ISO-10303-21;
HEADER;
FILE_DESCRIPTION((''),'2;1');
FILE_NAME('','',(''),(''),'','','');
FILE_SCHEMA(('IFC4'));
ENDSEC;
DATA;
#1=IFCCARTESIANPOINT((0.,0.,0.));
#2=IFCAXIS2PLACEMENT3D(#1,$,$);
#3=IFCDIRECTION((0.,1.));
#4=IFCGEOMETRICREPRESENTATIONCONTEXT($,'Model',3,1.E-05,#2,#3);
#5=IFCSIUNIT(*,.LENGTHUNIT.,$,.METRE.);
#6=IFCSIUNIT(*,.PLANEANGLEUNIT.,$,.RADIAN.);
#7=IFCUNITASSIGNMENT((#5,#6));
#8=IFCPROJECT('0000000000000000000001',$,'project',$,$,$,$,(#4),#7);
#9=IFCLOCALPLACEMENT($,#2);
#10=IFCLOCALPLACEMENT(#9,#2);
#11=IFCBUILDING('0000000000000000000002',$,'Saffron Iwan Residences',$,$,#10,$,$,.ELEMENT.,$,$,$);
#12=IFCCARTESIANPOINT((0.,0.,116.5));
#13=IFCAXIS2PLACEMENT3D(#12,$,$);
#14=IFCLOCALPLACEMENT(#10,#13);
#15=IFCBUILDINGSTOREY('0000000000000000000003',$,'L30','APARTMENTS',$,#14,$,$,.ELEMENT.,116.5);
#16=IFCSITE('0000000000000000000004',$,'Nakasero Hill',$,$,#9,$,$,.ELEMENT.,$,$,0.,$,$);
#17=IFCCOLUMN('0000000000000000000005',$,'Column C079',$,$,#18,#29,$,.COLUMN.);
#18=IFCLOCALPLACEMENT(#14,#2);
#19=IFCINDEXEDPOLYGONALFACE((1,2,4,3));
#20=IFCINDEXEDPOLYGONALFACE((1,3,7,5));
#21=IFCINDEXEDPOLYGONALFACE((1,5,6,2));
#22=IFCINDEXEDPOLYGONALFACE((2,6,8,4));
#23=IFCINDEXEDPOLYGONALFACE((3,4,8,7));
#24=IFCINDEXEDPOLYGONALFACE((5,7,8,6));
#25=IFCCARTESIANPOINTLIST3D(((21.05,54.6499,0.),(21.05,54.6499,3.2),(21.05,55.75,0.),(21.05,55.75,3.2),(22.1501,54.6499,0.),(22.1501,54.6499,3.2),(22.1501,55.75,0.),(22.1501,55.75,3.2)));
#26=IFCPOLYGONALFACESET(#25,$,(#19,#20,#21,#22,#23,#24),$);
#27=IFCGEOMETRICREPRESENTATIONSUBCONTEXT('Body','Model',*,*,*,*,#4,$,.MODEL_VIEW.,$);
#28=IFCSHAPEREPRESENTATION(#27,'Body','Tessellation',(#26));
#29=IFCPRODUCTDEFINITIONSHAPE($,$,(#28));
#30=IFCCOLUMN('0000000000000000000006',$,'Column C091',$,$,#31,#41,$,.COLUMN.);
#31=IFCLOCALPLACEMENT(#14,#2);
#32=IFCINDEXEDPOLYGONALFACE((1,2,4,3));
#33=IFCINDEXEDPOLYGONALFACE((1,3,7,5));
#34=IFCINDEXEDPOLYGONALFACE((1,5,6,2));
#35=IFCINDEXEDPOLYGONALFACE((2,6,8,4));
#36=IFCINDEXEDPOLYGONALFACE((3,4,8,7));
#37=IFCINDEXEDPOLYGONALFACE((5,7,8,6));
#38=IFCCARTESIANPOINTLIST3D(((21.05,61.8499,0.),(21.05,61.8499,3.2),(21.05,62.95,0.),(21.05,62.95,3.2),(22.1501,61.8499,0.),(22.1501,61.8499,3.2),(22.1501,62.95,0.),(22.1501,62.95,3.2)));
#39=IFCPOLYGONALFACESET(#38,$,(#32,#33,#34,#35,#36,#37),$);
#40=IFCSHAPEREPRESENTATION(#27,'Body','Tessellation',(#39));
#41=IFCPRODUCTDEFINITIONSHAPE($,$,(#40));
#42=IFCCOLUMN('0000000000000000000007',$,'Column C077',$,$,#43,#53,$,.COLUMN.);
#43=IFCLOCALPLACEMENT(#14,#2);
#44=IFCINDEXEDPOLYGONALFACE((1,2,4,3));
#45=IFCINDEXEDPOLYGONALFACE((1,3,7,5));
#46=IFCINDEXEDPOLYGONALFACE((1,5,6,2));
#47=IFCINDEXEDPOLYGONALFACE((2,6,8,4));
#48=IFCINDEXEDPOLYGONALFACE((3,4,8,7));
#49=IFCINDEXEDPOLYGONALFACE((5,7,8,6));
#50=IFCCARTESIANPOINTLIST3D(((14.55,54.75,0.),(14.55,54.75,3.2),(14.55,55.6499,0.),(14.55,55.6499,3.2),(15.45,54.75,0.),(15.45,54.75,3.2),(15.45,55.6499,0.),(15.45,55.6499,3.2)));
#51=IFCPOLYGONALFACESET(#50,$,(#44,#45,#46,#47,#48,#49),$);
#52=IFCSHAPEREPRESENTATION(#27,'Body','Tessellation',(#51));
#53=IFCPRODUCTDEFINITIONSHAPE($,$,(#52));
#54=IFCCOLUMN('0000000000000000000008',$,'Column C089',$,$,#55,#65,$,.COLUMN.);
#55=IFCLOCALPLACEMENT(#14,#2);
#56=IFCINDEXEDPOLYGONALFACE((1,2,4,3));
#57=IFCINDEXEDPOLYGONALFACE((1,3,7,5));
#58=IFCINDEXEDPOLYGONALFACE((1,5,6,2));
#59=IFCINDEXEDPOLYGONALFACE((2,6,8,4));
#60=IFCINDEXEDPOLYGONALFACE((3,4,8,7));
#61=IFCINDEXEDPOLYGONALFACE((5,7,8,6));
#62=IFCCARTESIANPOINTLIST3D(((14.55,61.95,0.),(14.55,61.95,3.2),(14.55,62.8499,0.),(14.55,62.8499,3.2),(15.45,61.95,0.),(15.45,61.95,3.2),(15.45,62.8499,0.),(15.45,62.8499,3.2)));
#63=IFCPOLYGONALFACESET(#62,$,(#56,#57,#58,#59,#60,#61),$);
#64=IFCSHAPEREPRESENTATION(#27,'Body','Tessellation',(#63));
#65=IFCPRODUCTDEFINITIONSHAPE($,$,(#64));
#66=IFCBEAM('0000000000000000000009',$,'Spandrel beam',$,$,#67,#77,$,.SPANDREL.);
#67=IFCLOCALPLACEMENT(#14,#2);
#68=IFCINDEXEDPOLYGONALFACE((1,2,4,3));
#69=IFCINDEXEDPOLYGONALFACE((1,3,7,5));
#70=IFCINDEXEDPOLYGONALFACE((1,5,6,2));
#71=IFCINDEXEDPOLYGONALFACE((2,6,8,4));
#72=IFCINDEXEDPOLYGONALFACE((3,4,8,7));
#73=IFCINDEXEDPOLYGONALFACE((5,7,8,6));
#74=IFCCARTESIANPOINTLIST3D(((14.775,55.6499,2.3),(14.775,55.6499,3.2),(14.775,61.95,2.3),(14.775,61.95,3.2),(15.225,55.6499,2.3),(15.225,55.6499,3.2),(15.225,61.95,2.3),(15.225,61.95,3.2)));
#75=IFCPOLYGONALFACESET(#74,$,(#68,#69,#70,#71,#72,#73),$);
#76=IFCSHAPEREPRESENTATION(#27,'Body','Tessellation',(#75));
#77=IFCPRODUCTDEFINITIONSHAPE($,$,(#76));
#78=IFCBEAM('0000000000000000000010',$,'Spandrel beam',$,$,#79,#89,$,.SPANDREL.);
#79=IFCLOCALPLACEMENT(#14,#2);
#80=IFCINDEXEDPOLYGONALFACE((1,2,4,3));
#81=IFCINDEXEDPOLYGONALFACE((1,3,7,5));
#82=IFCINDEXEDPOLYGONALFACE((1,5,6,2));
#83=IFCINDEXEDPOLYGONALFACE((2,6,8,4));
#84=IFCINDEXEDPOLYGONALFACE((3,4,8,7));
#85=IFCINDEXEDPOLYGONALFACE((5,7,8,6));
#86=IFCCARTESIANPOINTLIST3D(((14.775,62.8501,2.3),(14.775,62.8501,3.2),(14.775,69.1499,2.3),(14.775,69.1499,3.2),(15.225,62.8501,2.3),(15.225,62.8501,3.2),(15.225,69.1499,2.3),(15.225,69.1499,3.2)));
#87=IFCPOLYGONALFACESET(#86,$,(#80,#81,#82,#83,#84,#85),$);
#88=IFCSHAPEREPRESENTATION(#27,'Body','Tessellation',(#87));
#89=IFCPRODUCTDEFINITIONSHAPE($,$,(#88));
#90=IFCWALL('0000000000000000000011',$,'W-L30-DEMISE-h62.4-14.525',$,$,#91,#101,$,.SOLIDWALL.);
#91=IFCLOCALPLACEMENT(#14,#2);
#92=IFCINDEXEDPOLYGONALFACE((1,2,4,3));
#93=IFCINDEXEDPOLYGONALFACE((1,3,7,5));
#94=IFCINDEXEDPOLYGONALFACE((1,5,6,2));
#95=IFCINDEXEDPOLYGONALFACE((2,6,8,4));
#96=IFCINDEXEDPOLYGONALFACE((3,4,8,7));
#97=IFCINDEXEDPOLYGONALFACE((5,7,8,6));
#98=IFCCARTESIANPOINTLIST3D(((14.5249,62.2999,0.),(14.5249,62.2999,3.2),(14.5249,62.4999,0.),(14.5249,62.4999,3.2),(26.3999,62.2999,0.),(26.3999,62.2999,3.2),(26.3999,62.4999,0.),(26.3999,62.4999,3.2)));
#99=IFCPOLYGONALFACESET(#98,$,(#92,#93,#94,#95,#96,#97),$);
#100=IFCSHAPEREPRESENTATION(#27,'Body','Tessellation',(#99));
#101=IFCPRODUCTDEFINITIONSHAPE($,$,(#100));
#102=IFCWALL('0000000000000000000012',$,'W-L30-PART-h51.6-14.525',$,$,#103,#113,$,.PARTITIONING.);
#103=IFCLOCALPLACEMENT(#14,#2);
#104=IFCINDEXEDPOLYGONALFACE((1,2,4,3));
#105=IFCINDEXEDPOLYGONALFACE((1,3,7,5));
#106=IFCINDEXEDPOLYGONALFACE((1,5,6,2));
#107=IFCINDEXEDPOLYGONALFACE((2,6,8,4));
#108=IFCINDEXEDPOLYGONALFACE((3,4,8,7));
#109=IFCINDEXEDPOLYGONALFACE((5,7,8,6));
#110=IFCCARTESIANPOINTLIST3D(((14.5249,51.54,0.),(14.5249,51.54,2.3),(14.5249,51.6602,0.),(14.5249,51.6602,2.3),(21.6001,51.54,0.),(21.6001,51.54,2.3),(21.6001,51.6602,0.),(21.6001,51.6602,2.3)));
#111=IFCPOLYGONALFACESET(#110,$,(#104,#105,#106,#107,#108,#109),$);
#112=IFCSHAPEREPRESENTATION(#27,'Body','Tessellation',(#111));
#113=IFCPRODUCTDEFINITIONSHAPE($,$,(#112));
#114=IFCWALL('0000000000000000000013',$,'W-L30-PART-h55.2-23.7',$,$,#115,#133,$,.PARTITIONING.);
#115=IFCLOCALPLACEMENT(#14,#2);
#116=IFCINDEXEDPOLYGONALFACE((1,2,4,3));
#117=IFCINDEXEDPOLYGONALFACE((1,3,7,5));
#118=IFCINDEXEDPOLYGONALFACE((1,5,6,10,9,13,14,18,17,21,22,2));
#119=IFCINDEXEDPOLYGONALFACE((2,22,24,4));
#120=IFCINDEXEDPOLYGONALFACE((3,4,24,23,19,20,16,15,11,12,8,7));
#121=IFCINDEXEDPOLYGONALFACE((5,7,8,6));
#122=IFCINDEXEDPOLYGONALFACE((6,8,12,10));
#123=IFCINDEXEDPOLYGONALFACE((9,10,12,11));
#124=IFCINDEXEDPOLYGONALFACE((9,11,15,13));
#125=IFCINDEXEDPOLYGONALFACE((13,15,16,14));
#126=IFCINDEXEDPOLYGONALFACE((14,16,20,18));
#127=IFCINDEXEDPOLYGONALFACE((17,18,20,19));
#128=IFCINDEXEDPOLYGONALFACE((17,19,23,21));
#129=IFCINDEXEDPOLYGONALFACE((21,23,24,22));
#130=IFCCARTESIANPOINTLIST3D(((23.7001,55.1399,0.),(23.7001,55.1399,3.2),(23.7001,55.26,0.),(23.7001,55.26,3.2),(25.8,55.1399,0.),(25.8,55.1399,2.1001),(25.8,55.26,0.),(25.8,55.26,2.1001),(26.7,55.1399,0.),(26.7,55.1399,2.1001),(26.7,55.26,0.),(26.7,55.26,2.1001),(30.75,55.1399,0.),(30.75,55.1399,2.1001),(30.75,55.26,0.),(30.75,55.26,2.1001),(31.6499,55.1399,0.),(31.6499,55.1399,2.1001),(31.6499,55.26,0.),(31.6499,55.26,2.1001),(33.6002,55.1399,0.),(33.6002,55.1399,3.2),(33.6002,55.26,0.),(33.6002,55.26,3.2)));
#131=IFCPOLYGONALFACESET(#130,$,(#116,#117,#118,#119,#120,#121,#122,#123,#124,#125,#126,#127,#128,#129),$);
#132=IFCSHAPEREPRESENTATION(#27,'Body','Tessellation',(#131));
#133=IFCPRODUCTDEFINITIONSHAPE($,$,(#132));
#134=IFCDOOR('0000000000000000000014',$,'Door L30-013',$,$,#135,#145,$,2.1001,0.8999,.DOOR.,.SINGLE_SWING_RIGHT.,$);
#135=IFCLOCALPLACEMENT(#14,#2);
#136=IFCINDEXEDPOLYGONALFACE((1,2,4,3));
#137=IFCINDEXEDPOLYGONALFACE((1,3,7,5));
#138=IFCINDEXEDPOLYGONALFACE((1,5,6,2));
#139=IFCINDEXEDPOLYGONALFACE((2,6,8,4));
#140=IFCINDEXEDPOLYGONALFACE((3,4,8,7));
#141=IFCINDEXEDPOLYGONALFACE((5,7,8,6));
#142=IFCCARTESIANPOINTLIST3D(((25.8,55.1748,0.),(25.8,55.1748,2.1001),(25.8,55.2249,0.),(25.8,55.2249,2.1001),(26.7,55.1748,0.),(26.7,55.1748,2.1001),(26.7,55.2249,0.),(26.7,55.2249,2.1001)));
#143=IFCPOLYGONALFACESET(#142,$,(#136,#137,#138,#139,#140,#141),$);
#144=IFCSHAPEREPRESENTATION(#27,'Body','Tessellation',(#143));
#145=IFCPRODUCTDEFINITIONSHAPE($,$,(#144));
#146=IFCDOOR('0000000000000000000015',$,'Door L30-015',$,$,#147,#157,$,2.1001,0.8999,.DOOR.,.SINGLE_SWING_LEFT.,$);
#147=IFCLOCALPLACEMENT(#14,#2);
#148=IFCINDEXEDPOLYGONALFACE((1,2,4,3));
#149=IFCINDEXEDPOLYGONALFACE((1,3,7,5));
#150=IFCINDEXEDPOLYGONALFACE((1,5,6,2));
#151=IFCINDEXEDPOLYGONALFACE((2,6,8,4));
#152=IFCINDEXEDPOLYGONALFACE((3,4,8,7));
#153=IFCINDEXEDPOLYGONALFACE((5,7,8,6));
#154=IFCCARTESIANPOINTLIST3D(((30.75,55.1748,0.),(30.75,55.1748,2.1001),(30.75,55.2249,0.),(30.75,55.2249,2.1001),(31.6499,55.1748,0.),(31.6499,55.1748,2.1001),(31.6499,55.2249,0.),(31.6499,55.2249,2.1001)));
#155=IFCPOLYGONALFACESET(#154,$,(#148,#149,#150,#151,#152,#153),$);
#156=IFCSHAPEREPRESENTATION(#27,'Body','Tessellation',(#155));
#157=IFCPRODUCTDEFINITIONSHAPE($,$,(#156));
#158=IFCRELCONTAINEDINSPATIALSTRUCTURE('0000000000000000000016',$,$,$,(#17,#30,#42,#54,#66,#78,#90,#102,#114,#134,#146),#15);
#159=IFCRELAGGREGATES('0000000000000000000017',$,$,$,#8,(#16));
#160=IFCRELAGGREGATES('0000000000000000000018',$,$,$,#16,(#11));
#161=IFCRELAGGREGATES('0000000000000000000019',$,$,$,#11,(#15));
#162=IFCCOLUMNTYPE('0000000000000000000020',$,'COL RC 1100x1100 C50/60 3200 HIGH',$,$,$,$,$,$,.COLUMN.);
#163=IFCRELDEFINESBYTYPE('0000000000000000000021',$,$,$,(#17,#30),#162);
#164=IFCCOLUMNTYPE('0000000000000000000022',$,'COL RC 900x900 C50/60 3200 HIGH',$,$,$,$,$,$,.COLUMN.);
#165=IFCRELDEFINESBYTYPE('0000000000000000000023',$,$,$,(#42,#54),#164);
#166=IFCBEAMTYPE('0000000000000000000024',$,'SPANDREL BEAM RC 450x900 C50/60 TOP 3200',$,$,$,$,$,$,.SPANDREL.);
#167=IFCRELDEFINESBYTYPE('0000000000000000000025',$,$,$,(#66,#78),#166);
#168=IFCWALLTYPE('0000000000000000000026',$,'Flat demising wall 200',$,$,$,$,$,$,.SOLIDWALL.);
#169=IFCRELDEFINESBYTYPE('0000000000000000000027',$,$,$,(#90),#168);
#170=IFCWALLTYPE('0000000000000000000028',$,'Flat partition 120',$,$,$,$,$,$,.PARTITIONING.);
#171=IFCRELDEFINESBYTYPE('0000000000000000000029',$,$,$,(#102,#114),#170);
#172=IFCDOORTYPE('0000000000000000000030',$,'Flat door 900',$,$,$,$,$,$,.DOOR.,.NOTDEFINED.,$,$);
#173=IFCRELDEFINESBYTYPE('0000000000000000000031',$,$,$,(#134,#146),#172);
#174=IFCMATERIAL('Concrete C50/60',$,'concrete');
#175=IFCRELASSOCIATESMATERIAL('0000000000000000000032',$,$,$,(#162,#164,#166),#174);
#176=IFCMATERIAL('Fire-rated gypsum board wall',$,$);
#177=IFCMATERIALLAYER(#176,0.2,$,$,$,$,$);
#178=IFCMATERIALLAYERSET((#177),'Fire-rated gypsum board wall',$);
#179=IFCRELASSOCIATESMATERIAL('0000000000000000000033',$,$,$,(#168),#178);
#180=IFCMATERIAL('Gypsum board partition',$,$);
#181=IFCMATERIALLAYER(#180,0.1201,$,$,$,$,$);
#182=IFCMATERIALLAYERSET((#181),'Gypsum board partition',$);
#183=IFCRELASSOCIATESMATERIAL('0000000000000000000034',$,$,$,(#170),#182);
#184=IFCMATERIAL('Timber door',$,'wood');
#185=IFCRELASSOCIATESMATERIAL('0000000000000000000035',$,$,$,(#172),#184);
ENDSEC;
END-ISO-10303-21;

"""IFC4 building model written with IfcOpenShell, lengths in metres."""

from ifc_helpers import new_model, si_unit, direction, frame, frame_2d, origin, origin_2d, place, context, subcontext, project, spatial, rectangle, extrude, source, transform, mapped, material, layer, layer_set, material_profile, profile_set, type_object, element, fill, save


model = new_model("IFC4")

# Units and contexts
model_context = context("Model", 3, precision=1e-05, world=origin(), true_north=direction((0.0, 1.0)))
body_context = subcontext(model_context, "Body", "Model", "MODEL_VIEW")
ifc_project = project(units=[si_unit("LENGTHUNIT", "METRE"), si_unit("PLANEANGLEUNIT", "RADIAN")], contexts=[model_context])

# Site, building, storey
site_placement = place(None, origin())
site = spatial("IfcSite", under=ifc_project, at=site_placement, Name="Nakasero Hill", CompositionType="ELEMENT", RefElevation=0.0)
building_placement = place(site_placement, origin())
building = spatial("IfcBuilding", under=site, at=building_placement, Name="Saffron Iwan Residences", CompositionType="ELEMENT")
storey_placement = place(building_placement, frame((0.0, 0.0, 116.5)))
storey = spatial("IfcBuildingStorey", under=building, at=storey_placement, Name="L30", Description="APARTMENTS", CompositionType="ELEMENT", Elevation=116.5)

# Columns
ifc_material_1 = material(Name="Concrete C50/60", Category="concrete")
ifc_material_profile_1 = material_profile(ifc_material_1, rectangle(XDim=1.1001, YDim=1.1001, at=origin_2d()), Name="RC 1100x1100")
ifc_profile_set_1 = profile_set([ifc_material_profile_1], Name="Concrete C50/60")
column_type_1 = type_object("IfcColumnType", Name="COL RC 1100x1100 C50/60 3200 HIGH", PredefinedType="COLUMN", material=ifc_profile_set_1)
shared_shape_1 = source(origin(), body_context, "Body", "SweptSolid", [
    extrude(rectangle(XDim=1.1001, YDim=1.1001, at=origin_2d()), origin(), (0.0, 0.0, 1.0), 3.2),
])
for number, where, z_axis, x_axis, name in (
    (1, (21.6001, 55.2, 0.0), (0.0, 0.0, 1.0), (1.0, 0.0, 0.0), "Column C079"),
    (2, (21.6001, 62.3999, 0.0), (0.0, 0.0, 1.0), (1.0, 0.0, 0.0), "Column C091"),
):
    element("IfcColumn", number, at=place(storey_placement, frame(where, z_axis=z_axis, x_axis=x_axis)), inside=storey, type_object=column_type_1, Name=name, PredefinedType="COLUMN", context=body_context, shape_type="MappedRepresentation", body=[
        mapped(shared_shape_1, transform((0.0, 0.0, 0.0))),
    ])
ifc_material_profile_2 = material_profile(ifc_material_1, rectangle(XDim=0.8999, YDim=0.8999, at=origin_2d()), Name="RC 900x900")
ifc_profile_set_2 = profile_set([ifc_material_profile_2], Name="Concrete C50/60")
column_type_2 = type_object("IfcColumnType", Name="COL RC 900x900 C50/60 3200 HIGH", PredefinedType="COLUMN", material=ifc_profile_set_2)
shared_shape_2 = source(origin(), body_context, "Body", "SweptSolid", [
    extrude(rectangle(XDim=0.8999, YDim=0.8999, at=origin_2d()), origin(), (0.0, 0.0, 1.0), 3.2),
])
for number, where, z_axis, x_axis, name in (
    (3, (15.0, 55.2, 0.0), (0.0, 0.0, 1.0), (1.0, 0.0, 0.0), "Column C077"),
    (4, (15.0, 62.3999, 0.0), (0.0, 0.0, 1.0), (1.0, 0.0, 0.0), "Column C089"),
):
    element("IfcColumn", number, at=place(storey_placement, frame(where, z_axis=z_axis, x_axis=x_axis)), inside=storey, type_object=column_type_2, Name=name, PredefinedType="COLUMN", context=body_context, shape_type="MappedRepresentation", body=[
        mapped(shared_shape_2, transform((0.0, 0.0, 0.0))),
    ])

# Beams
ifc_material_profile_3 = material_profile(ifc_material_1, rectangle(XDim=0.45, YDim=0.8999, at=origin_2d()), Name="RC 450x900")
ifc_profile_set_3 = profile_set([ifc_material_profile_3], Name="Concrete C50/60")
beam_type = type_object("IfcBeamType", Name="SPANDREL BEAM RC 450x900 C50/60 TOP 3200", PredefinedType="SPANDREL", material=ifc_profile_set_3)
shared_shape_3 = source(origin(), body_context, "Body", "SweptSolid", [
    extrude(rectangle(XDim=0.45, YDim=0.8999, at=origin_2d()), origin(), (0.0, 0.0, 1.0), 6.3),
])
beam_1_placement = place(storey_placement, frame((15.0, 55.6499, 2.75), z_axis=(0.0, 1.0, 0.0), x_axis=(-1.0, 0.0, 0.0)))
element("IfcBeam", 5, at=beam_1_placement, inside=storey, type_object=beam_type, Name="Spandrel beam", PredefinedType="SPANDREL", context=body_context, shape_type="MappedRepresentation", body=[
    mapped(shared_shape_3, transform((0.0, 0.0, 0.0))),
])
shared_shape_4 = source(origin(), body_context, "Body", "SweptSolid", [
    extrude(rectangle(XDim=0.45, YDim=0.8999, at=origin_2d()), origin(), (0.0, 0.0, 1.0), 6.2998),
])
beam_2_placement = place(storey_placement, frame((15.0, 62.8501, 2.75), z_axis=(0.0, 1.0, 0.0), x_axis=(-1.0, 0.0, 0.0)))
element("IfcBeam", 6, at=beam_2_placement, inside=storey, type_object=beam_type, Name="Spandrel beam", PredefinedType="SPANDREL", context=body_context, shape_type="MappedRepresentation", body=[
    mapped(shared_shape_4, transform((0.0, 0.0, 0.0))),
])

# Walls
ifc_material_2 = material(Name="Fire-rated gypsum board wall")
ifc_layer_1 = layer(ifc_material_2, 0.2)
ifc_layer_set_1 = layer_set([ifc_layer_1], Name="Fire-rated gypsum board wall")
wall_type_1 = type_object("IfcWallType", Name="Flat demising wall 200", PredefinedType="SOLIDWALL", material=ifc_layer_set_1)
wall_1_placement = place(storey_placement, frame((14.5249, 62.3999, 0.0), z_axis=(0.0, 0.0, 1.0), x_axis=(1.0, 0.0, 0.0)))
element("IfcWall", 7, at=wall_1_placement, inside=storey, type_object=wall_type_1, Name="W-L30-DEMISE-h62.4-14.525", PredefinedType="SOLIDWALL", context=body_context, shape_type="SweptSolid", body=[
    extrude(rectangle(XDim=11.875, YDim=0.2, at=frame_2d((5.9375, 0.0))), origin(), (0.0, 0.0, 1.0), 3.2),
])
ifc_material_3 = material(Name="Gypsum board partition")
ifc_layer_2 = layer(ifc_material_3, 0.1201)
ifc_layer_set_2 = layer_set([ifc_layer_2], Name="Gypsum board partition")
wall_type_2 = type_object("IfcWallType", Name="Flat partition 120", PredefinedType="PARTITIONING", material=ifc_layer_set_2)
wall_2_placement = place(storey_placement, frame((14.5249, 51.6001, 0.0), z_axis=(0.0, 0.0, 1.0), x_axis=(1.0, 0.0, 0.0)))
element("IfcWall", 8, at=wall_2_placement, inside=storey, type_object=wall_type_2, Name="W-L30-PART-h51.6-14.525", PredefinedType="PARTITIONING", context=body_context, shape_type="SweptSolid", body=[
    extrude(rectangle(XDim=7.0752, YDim=0.1201, at=frame_2d((3.5376, 0.0))), origin(), (0.0, 0.0, 1.0), 2.3),
])

# Wall, openings, doors
wall_3_placement = place(storey_placement, frame((23.7, 55.2, 0.0), z_axis=(0.0, 0.0, 1.0), x_axis=(1.0, 0.0, 0.0)))
wall_3 = element("IfcWall", 9, at=wall_3_placement, inside=storey, type_object=wall_type_2, Name="W-L30-PART-h55.2-23.7", PredefinedType="PARTITIONING", context=body_context, shape_type="SweptSolid", body=[
    extrude(rectangle(XDim=9.9001, YDim=0.1201, at=frame_2d((4.9502, 0.0))), origin(), (0.0, 0.0, 1.0), 3.2),
])
opening_1_placement = place(wall_3_placement, frame((2.1001, 0.0, 0.0)))
opening_1 = element("IfcOpeningElement", 10, at=opening_1_placement, cuts=wall_3, PredefinedType="OPENING", context=body_context, shape_type="SweptSolid", body=[
    extrude(rectangle(XDim=0.8999, YDim=2.1001, at=frame_2d((0.45, 1.05))), frame((0.0, 0.0701, 0.0), z_axis=(0.0, -1.0, 0.0), x_axis=(1.0, 0.0, 0.0)), (0.0, 0.0, 1.0), 0.1401),
])
opening_2_placement = place(wall_3_placement, frame((7.05, 0.0, 0.0)))
opening_2 = element("IfcOpeningElement", 11, at=opening_2_placement, cuts=wall_3, PredefinedType="OPENING", context=body_context, shape_type="SweptSolid", body=[
    extrude(rectangle(XDim=0.8999, YDim=2.1001, at=frame_2d((0.45, 1.05))), frame((0.0, 0.0701, 0.0), z_axis=(0.0, -1.0, 0.0), x_axis=(1.0, 0.0, 0.0)), (0.0, 0.0, 1.0), 0.1401),
])
ifc_material_4 = material(Name="Timber door", Category="wood")
door_type_1 = type_object("IfcDoorType", Name="Flat door 900", OperationType="NOTDEFINED", PredefinedType="DOOR", material=ifc_material_4)
door_1_placement = place(opening_1_placement, origin())
door_1 = element("IfcDoor", 12, at=door_1_placement, inside=storey, type_object=door_type_1, Name="Door L30-013", OperationType="SINGLE_SWING_RIGHT", OverallHeight=2.1001, OverallWidth=0.8999, PredefinedType="DOOR", context=body_context, shape_type="SweptSolid", body=[
    extrude(rectangle(XDim=0.8999, YDim=2.1001, at=frame_2d((0.45, 1.05))), frame((0.0, 0.0249, 0.0), z_axis=(0.0, -1.0, 0.0), x_axis=(1.0, 0.0, 0.0)), (0.0, 0.0, 1.0), 0.05),
])
fill(opening_1, door_1)
door_2_placement = place(opening_2_placement, origin())
door_2 = element("IfcDoor", 13, at=door_2_placement, inside=storey, type_object=door_type_1, Name="Door L30-015", OperationType="SINGLE_SWING_LEFT", OverallHeight=2.1001, OverallWidth=0.8999, PredefinedType="DOOR", context=body_context, shape_type="SweptSolid", body=[
    extrude(rectangle(XDim=0.8999, YDim=2.1001, at=frame_2d((0.45, 1.05))), frame((0.0, 0.0249, 0.0), z_axis=(0.0, -1.0, 0.0), x_axis=(1.0, 0.0, 0.0)), (0.0, 0.0, 1.0), 0.05),
])
fill(opening_2, door_2)

save(model, "model.ifc")
